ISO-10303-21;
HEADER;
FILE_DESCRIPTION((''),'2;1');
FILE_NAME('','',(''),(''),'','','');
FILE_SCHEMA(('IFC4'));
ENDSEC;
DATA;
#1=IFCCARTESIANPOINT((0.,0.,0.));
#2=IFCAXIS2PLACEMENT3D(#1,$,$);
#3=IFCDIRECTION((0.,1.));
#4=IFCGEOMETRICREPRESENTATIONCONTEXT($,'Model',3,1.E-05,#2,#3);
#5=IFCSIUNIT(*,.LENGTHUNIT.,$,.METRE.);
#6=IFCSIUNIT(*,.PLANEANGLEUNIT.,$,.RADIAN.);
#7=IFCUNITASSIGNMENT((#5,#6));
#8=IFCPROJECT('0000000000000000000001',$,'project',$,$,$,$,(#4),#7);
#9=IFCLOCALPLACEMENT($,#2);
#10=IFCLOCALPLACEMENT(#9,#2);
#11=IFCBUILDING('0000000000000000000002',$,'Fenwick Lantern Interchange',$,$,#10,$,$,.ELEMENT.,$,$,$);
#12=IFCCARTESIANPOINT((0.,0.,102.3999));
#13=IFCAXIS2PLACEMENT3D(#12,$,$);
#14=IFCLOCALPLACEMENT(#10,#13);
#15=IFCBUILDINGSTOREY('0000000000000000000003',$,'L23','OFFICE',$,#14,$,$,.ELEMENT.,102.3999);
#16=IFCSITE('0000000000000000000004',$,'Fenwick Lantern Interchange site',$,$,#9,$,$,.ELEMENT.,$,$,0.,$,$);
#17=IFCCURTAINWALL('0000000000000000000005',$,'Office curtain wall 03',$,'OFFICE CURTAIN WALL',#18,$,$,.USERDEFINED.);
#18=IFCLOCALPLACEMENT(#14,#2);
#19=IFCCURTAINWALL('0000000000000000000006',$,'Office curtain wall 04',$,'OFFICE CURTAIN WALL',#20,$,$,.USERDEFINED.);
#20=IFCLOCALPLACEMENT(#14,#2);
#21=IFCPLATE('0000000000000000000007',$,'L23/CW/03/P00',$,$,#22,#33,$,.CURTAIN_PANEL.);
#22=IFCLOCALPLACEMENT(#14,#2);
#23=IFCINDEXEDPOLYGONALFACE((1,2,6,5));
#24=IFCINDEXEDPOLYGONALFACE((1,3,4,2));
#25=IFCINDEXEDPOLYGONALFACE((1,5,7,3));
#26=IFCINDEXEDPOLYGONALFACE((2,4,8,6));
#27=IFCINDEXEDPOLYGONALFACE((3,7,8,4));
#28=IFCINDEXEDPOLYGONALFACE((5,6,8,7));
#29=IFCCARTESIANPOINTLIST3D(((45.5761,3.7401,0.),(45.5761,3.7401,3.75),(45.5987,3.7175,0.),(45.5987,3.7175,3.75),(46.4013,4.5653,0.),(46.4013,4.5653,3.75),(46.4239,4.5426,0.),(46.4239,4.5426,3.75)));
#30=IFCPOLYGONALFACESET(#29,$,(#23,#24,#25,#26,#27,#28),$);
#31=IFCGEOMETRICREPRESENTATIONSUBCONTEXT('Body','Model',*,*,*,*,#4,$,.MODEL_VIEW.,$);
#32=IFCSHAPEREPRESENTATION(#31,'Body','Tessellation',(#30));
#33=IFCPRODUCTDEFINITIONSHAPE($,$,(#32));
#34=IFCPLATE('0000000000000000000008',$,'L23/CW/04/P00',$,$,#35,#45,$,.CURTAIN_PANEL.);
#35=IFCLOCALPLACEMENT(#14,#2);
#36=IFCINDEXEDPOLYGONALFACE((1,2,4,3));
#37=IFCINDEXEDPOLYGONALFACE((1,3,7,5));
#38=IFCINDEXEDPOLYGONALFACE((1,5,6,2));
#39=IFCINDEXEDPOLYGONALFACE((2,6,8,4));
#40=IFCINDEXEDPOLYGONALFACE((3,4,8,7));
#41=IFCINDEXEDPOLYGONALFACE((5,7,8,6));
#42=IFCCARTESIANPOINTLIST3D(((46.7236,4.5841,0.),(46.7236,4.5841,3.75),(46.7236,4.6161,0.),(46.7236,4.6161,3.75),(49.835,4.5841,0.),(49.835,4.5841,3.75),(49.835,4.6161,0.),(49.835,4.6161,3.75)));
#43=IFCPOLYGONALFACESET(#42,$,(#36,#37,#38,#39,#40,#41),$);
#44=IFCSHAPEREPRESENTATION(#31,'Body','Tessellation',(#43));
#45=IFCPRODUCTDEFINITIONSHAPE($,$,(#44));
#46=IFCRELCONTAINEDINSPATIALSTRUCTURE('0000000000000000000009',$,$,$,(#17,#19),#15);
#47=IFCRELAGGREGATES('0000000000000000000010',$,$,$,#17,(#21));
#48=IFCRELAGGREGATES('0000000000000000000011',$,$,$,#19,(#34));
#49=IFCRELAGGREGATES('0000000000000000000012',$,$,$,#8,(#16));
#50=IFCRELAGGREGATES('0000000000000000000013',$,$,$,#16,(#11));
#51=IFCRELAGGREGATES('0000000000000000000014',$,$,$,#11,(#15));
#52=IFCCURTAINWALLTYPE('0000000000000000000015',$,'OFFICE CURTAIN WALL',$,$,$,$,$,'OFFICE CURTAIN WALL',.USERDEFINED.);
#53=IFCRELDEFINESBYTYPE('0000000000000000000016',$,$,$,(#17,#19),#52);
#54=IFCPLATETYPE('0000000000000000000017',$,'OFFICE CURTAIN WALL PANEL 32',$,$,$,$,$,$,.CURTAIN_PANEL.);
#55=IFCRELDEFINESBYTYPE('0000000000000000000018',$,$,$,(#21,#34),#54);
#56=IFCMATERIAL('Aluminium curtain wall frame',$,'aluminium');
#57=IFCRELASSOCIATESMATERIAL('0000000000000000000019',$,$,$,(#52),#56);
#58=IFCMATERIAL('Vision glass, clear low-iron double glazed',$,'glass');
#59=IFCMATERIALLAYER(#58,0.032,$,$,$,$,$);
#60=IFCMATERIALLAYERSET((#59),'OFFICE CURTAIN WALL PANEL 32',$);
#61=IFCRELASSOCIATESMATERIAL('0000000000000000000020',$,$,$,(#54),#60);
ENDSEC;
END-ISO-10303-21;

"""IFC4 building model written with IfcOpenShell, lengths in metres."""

from ifc_helpers import new_model, si_unit, direction, frame, origin, origin_2d, place, context, subcontext, project, spatial, rectangle, extrude, material, layer, layer_set, type_object, element, aggregate, save


model = new_model("IFC4")

# Units and contexts
model_context = context("Model", 3, precision=1e-05, world=origin(), true_north=direction((0.0, 1.0)))
body_context = subcontext(model_context, "Body", "Model", "MODEL_VIEW")
ifc_project = project(units=[si_unit("LENGTHUNIT", "METRE"), si_unit("PLANEANGLEUNIT", "RADIAN")], contexts=[model_context])

# Site, building, storey
site_placement = place(None, origin())
site = spatial("IfcSite", under=ifc_project, at=site_placement, Name="Fenwick Lantern Interchange site", CompositionType="ELEMENT", RefElevation=0.0)
building_placement = place(site_placement, origin())
building = spatial("IfcBuilding", under=site, at=building_placement, Name="Fenwick Lantern Interchange", CompositionType="ELEMENT")
storey_placement = place(building_placement, frame((0.0, 0.0, 102.3999)))
storey = spatial("IfcBuildingStorey", under=building, at=storey_placement, Name="L23", Description="OFFICE", CompositionType="ELEMENT", Elevation=102.3999)

# Shared definitions
ifc_material_1 = material(Name="Aluminium curtain wall frame", Category="aluminium")
curtain_wall_type = type_object("IfcCurtainWallType", Name="OFFICE CURTAIN WALL", ElementType="OFFICE CURTAIN WALL", PredefinedType="USERDEFINED", material=ifc_material_1)

# Curtain walls
curtain_wall_1_placement = place(storey_placement, origin())
curtain_wall_1 = element("IfcCurtainWall", 1, at=curtain_wall_1_placement, inside=storey, type_object=curtain_wall_type, Name="Office curtain wall 03", ObjectType="OFFICE CURTAIN WALL", PredefinedType="USERDEFINED")
curtain_wall_2_placement = place(storey_placement, origin())
curtain_wall_2 = element("IfcCurtainWall", 2, at=curtain_wall_2_placement, inside=storey, type_object=curtain_wall_type, Name="Office curtain wall 04", ObjectType="OFFICE CURTAIN WALL", PredefinedType="USERDEFINED")

# Plates
ifc_material_2 = material(Name="Vision glass, clear low-iron double glazed", Category="glass")
ifc_layer_1 = layer(ifc_material_2, 0.032)
ifc_layer_set_1 = layer_set([ifc_layer_1], Name="OFFICE CURTAIN WALL PANEL 32")
plate_type = type_object("IfcPlateType", Name="OFFICE CURTAIN WALL PANEL 32", PredefinedType="CURTAIN_PANEL", material=ifc_layer_set_1)
plate_1_placement = place(storey_placement, frame((46.0, 4.1414, 0.0), z_axis=(0.0, 0.0, 1.0), x_axis=(0.707107, 0.707107, 0.0)))
plate_1 = element("IfcPlate", 3, at=plate_1_placement, type_object=plate_type, Name="L23/CW/03/P00", PredefinedType="CURTAIN_PANEL", context=body_context, shape_type="SweptSolid", body=[
    extrude(rectangle(XDim=1.167, YDim=0.032, at=origin_2d()), origin(), (0.0, 0.0, 1.0), 3.75),
])
aggregate(curtain_wall_1, [plate_1])
plate_2_placement = place(storey_placement, frame((48.2793, 4.6001, 0.0), z_axis=(0.0, 0.0, 1.0), x_axis=(1.0, 0.0, 0.0)))
plate_2 = element("IfcPlate", 4, at=plate_2_placement, type_object=plate_type, Name="L23/CW/04/P00", PredefinedType="CURTAIN_PANEL", context=body_context, shape_type="SweptSolid", body=[
    extrude(rectangle(XDim=3.1113, YDim=0.032, at=origin_2d()), origin(), (0.0, 0.0, 1.0), 3.75),
])
aggregate(curtain_wall_2, [plate_2])

save(model, "model.ifc")
